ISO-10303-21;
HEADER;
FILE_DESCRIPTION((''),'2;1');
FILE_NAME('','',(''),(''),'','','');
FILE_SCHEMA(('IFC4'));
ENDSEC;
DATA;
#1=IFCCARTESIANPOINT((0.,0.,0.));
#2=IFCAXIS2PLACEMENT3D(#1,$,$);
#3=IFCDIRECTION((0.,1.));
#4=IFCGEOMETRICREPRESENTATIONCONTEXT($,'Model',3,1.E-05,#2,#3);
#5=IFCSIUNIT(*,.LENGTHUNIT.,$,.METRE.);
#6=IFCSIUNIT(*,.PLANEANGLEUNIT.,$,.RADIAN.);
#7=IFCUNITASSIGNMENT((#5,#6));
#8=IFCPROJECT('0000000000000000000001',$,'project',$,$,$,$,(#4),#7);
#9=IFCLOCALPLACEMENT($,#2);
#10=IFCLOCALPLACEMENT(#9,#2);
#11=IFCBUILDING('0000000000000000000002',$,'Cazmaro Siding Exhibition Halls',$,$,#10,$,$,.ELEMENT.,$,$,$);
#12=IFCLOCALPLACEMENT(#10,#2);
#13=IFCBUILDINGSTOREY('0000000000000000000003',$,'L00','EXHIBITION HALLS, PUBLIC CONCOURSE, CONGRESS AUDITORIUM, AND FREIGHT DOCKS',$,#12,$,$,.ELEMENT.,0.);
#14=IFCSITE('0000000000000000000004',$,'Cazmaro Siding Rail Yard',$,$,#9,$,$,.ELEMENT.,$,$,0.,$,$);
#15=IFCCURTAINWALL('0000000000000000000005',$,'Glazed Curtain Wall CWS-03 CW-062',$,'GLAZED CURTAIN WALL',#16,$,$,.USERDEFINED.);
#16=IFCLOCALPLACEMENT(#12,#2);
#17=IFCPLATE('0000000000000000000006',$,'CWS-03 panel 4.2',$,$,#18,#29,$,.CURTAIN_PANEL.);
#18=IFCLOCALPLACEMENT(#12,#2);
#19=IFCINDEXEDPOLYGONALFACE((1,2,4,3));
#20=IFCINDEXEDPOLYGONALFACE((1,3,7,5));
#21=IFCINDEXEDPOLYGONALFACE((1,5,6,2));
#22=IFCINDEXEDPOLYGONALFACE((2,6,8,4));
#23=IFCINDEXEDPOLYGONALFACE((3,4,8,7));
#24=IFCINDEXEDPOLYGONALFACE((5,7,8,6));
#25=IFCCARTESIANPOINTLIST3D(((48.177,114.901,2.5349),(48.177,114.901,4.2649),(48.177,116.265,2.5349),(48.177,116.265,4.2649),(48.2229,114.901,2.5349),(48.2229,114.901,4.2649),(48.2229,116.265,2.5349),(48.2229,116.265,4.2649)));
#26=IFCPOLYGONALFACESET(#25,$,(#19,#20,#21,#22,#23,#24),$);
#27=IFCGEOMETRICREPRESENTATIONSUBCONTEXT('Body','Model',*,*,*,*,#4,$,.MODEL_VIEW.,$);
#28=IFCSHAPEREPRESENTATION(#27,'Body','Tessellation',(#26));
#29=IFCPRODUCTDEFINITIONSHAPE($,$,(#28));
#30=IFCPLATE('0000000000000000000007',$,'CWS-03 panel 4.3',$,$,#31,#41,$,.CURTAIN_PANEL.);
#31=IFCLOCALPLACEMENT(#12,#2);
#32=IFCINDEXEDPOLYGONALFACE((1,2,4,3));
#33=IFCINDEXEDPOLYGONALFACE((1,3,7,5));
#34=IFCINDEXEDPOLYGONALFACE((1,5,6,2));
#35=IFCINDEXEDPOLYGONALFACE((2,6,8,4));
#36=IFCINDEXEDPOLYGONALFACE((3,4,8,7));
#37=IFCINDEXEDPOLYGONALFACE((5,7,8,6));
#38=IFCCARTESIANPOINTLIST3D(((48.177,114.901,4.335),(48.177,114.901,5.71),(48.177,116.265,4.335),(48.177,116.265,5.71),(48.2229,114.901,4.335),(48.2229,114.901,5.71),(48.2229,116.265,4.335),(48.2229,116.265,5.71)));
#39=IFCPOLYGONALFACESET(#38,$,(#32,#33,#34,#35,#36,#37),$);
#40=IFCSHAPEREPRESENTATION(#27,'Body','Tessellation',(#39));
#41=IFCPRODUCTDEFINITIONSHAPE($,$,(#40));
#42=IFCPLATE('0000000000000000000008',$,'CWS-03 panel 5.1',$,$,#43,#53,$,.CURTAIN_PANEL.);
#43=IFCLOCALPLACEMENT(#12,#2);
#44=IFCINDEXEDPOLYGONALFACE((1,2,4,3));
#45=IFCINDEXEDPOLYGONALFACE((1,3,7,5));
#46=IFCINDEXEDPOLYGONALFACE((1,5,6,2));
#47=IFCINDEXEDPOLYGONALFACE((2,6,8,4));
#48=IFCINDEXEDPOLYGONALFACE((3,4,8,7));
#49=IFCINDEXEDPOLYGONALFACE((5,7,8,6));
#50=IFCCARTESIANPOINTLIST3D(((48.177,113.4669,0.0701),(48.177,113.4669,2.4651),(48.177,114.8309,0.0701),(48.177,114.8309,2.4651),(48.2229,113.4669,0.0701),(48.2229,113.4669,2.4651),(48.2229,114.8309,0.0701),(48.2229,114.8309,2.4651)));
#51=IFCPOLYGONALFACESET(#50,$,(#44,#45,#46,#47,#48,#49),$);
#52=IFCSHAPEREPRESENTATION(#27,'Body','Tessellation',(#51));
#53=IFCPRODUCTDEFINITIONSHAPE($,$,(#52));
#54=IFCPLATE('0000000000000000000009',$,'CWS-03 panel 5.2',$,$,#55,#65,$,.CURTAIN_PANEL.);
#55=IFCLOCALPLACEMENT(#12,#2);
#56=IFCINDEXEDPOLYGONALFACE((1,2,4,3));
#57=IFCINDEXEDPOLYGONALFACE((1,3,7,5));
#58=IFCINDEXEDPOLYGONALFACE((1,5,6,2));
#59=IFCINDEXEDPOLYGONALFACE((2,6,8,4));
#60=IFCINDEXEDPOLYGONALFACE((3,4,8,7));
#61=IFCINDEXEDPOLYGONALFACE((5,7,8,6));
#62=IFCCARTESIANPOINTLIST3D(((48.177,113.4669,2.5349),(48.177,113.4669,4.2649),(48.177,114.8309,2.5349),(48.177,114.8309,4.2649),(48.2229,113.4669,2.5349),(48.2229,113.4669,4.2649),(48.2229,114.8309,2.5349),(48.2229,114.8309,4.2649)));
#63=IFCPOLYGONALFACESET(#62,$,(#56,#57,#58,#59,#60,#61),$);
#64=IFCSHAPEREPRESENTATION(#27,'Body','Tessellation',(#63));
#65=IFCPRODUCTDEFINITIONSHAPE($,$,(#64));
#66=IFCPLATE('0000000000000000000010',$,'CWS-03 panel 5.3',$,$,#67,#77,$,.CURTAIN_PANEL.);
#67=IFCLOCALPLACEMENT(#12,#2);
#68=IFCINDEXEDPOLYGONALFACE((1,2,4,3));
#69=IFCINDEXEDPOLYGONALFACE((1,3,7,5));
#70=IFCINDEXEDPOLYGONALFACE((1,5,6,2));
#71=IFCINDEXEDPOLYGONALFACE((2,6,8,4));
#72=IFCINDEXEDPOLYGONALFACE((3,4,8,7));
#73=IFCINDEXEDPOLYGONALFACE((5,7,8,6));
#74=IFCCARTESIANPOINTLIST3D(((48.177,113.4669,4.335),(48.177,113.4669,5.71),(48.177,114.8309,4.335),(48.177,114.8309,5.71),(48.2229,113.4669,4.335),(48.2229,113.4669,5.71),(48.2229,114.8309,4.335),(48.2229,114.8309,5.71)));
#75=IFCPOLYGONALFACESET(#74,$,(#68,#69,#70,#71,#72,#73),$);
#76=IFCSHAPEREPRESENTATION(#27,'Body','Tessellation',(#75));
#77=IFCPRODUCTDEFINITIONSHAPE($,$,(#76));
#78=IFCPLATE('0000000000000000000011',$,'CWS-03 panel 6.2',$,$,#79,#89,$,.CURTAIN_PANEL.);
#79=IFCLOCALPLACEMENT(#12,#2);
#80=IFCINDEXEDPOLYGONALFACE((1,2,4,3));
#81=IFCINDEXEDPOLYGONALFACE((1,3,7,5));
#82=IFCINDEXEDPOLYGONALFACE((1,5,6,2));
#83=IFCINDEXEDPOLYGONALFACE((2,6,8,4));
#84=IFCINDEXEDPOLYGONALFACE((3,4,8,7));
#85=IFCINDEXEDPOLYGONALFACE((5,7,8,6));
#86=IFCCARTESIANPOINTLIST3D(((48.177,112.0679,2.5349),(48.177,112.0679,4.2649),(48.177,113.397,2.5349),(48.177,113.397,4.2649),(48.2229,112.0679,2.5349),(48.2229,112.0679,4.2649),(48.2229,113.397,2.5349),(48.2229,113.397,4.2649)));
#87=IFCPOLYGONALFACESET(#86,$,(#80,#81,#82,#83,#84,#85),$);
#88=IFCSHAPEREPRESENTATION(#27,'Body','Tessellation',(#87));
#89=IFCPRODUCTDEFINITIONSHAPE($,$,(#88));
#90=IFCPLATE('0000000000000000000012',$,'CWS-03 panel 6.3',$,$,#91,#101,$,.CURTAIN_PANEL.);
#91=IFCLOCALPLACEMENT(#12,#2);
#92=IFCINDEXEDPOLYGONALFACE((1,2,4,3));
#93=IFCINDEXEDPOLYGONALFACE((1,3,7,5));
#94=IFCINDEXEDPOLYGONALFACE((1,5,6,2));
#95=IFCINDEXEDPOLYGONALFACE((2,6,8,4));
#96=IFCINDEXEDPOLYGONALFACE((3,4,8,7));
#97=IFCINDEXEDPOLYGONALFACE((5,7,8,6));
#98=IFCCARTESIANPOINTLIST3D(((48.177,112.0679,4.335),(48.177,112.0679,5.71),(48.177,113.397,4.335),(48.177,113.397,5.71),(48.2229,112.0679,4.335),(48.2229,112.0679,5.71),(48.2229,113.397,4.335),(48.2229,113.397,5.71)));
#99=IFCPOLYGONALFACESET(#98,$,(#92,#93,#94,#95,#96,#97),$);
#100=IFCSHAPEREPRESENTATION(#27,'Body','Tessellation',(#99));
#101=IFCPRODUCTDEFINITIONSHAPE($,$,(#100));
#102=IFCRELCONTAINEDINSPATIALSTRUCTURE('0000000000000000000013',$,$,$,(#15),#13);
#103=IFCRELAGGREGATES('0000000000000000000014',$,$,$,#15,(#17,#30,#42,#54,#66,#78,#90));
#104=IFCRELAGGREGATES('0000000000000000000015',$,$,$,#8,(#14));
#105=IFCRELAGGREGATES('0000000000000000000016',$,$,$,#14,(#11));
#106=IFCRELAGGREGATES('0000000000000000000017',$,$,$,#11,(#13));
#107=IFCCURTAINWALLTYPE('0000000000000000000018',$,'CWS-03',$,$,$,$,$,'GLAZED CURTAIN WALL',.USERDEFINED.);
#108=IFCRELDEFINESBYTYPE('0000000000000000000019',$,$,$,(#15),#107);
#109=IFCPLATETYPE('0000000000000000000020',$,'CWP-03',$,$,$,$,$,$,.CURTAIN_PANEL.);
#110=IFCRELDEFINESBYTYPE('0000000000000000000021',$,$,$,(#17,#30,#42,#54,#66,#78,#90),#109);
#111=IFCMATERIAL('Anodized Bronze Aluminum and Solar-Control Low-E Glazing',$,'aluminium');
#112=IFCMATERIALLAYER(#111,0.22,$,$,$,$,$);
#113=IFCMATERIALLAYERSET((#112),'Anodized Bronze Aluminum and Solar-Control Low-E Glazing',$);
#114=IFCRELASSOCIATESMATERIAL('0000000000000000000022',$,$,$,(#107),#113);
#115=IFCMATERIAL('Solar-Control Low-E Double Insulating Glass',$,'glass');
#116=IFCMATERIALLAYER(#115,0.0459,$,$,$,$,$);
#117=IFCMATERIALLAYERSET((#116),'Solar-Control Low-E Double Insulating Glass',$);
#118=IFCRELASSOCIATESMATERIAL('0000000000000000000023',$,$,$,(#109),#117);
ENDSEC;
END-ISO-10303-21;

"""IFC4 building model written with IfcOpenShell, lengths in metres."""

from ifc_helpers import new_model, si_unit, direction, frame, origin, origin_2d, place, context, subcontext, project, spatial, rectangle, extrude, material, layer, layer_set, type_object, element, aggregate, save


model = new_model("IFC4")

# Units and contexts
model_context = context("Model", 3, precision=1e-05, world=origin(), true_north=direction((0.0, 1.0)))
body_context = subcontext(model_context, "Body", "Model", "MODEL_VIEW")
ifc_project = project(units=[si_unit("LENGTHUNIT", "METRE"), si_unit("PLANEANGLEUNIT", "RADIAN")], contexts=[model_context])

# Site, building, storey
site_placement = place(None, origin())
site = spatial("IfcSite", under=ifc_project, at=site_placement, Name="Cazmaro Siding Rail Yard", CompositionType="ELEMENT", RefElevation=0.0)
building_placement = place(site_placement, origin())
building = spatial("IfcBuilding", under=site, at=building_placement, Name="Cazmaro Siding Exhibition Halls", CompositionType="ELEMENT")
storey_placement = place(building_placement, origin())
storey = spatial("IfcBuildingStorey", under=building, at=storey_placement, Name="L00", Description="EXHIBITION HALLS, PUBLIC CONCOURSE, CONGRESS AUDITORIUM, AND FREIGHT DOCKS", CompositionType="ELEMENT", Elevation=0.0)

# Curtain wall, plates
ifc_material_1 = material(Name="Anodized Bronze Aluminum and Solar-Control Low-E Glazing", Category="aluminium")
ifc_layer_1 = layer(ifc_material_1, 0.22)
ifc_layer_set_1 = layer_set([ifc_layer_1], Name="Anodized Bronze Aluminum and Solar-Control Low-E Glazing")
curtain_wall_type = type_object("IfcCurtainWallType", Name="CWS-03", ElementType="GLAZED CURTAIN WALL", PredefinedType="USERDEFINED", material=ifc_layer_set_1)
curtain_wall_placement = place(storey_placement, origin())
curtain_wall = element("IfcCurtainWall", 1, at=curtain_wall_placement, inside=storey, type_object=curtain_wall_type, Name="Glazed Curtain Wall CWS-03 CW-062", ObjectType="GLAZED CURTAIN WALL", PredefinedType="USERDEFINED")
ifc_material_2 = material(Name="Solar-Control Low-E Double Insulating Glass", Category="glass")
ifc_layer_2 = layer(ifc_material_2, 0.0459)
ifc_layer_set_2 = layer_set([ifc_layer_2], Name="Solar-Control Low-E Double Insulating Glass")
plate_type = type_object("IfcPlateType", Name="CWP-03", PredefinedType="CURTAIN_PANEL", material=ifc_layer_set_2)
plate_1_placement = place(storey_placement, frame((48.2, 115.583, 2.5349), z_axis=(0.0, 0.0, 1.0), x_axis=(0.0, -1.0, 0.0)))
plate_1 = element("IfcPlate", 2, at=plate_1_placement, type_object=plate_type, Name="CWS-03 panel 4.2", PredefinedType="CURTAIN_PANEL", context=body_context, shape_type="SweptSolid", body=[
    extrude(rectangle(XDim=1.364, YDim=0.0459, at=origin_2d()), origin(), (0.0, 0.0, 1.0), 1.73),
])
plate_2_placement = place(storey_placement, frame((48.2, 115.583, 4.335), z_axis=(0.0, 0.0, 1.0), x_axis=(0.0, -1.0, 0.0)))
plate_2 = element("IfcPlate", 3, at=plate_2_placement, type_object=plate_type, Name="CWS-03 panel 4.3", PredefinedType="CURTAIN_PANEL", context=body_context, shape_type="SweptSolid", body=[
    extrude(rectangle(XDim=1.364, YDim=0.0459, at=origin_2d()), origin(), (0.0, 0.0, 1.0), 1.375),
])
plate_3_placement = place(storey_placement, frame((48.2, 114.1489, 0.0701), z_axis=(0.0, 0.0, 1.0), x_axis=(0.0, -1.0, 0.0)))
plate_3 = element("IfcPlate", 4, at=plate_3_placement, type_object=plate_type, Name="CWS-03 panel 5.1", PredefinedType="CURTAIN_PANEL", context=body_context, shape_type="SweptSolid", body=[
    extrude(rectangle(XDim=1.364, YDim=0.0459, at=origin_2d()), origin(), (0.0, 0.0, 1.0), 2.395),
])
plate_4_placement = place(storey_placement, frame((48.2, 114.1489, 2.5349), z_axis=(0.0, 0.0, 1.0), x_axis=(0.0, -1.0, 0.0)))
plate_4 = element("IfcPlate", 5, at=plate_4_placement, type_object=plate_type, Name="CWS-03 panel 5.2", PredefinedType="CURTAIN_PANEL", context=body_context, shape_type="SweptSolid", body=[
    extrude(rectangle(XDim=1.364, YDim=0.0459, at=origin_2d()), origin(), (0.0, 0.0, 1.0), 1.73),
])
plate_5_placement = place(storey_placement, frame((48.2, 114.1489, 4.335), z_axis=(0.0, 0.0, 1.0), x_axis=(0.0, -1.0, 0.0)))
plate_5 = element("IfcPlate", 6, at=plate_5_placement, type_object=plate_type, Name="CWS-03 panel 5.3", PredefinedType="CURTAIN_PANEL", context=body_context, shape_type="SweptSolid", body=[
    extrude(rectangle(XDim=1.364, YDim=0.0459, at=origin_2d()), origin(), (0.0, 0.0, 1.0), 1.375),
])
plate_6_placement = place(storey_placement, frame((48.2, 112.7324, 2.5349), z_axis=(0.0, 0.0, 1.0), x_axis=(0.0, -1.0, 0.0)))
plate_6 = element("IfcPlate", 7, at=plate_6_placement, type_object=plate_type, Name="CWS-03 panel 6.2", PredefinedType="CURTAIN_PANEL", context=body_context, shape_type="SweptSolid", body=[
    extrude(rectangle(XDim=1.3291, YDim=0.0459, at=origin_2d()), origin(), (0.0, 0.0, 1.0), 1.73),
])
plate_7_placement = place(storey_placement, frame((48.2, 112.7324, 4.335), z_axis=(0.0, 0.0, 1.0), x_axis=(0.0, -1.0, 0.0)))
plate_7 = element("IfcPlate", 8, at=plate_7_placement, type_object=plate_type, Name="CWS-03 panel 6.3", PredefinedType="CURTAIN_PANEL", context=body_context, shape_type="SweptSolid", body=[
    extrude(rectangle(XDim=1.3291, YDim=0.0459, at=origin_2d()), origin(), (0.0, 0.0, 1.0), 1.375),
])
aggregate(curtain_wall, [plate_1, plate_2, plate_3, plate_4, plate_5, plate_6, plate_7])

save(model, "model.ifc")
